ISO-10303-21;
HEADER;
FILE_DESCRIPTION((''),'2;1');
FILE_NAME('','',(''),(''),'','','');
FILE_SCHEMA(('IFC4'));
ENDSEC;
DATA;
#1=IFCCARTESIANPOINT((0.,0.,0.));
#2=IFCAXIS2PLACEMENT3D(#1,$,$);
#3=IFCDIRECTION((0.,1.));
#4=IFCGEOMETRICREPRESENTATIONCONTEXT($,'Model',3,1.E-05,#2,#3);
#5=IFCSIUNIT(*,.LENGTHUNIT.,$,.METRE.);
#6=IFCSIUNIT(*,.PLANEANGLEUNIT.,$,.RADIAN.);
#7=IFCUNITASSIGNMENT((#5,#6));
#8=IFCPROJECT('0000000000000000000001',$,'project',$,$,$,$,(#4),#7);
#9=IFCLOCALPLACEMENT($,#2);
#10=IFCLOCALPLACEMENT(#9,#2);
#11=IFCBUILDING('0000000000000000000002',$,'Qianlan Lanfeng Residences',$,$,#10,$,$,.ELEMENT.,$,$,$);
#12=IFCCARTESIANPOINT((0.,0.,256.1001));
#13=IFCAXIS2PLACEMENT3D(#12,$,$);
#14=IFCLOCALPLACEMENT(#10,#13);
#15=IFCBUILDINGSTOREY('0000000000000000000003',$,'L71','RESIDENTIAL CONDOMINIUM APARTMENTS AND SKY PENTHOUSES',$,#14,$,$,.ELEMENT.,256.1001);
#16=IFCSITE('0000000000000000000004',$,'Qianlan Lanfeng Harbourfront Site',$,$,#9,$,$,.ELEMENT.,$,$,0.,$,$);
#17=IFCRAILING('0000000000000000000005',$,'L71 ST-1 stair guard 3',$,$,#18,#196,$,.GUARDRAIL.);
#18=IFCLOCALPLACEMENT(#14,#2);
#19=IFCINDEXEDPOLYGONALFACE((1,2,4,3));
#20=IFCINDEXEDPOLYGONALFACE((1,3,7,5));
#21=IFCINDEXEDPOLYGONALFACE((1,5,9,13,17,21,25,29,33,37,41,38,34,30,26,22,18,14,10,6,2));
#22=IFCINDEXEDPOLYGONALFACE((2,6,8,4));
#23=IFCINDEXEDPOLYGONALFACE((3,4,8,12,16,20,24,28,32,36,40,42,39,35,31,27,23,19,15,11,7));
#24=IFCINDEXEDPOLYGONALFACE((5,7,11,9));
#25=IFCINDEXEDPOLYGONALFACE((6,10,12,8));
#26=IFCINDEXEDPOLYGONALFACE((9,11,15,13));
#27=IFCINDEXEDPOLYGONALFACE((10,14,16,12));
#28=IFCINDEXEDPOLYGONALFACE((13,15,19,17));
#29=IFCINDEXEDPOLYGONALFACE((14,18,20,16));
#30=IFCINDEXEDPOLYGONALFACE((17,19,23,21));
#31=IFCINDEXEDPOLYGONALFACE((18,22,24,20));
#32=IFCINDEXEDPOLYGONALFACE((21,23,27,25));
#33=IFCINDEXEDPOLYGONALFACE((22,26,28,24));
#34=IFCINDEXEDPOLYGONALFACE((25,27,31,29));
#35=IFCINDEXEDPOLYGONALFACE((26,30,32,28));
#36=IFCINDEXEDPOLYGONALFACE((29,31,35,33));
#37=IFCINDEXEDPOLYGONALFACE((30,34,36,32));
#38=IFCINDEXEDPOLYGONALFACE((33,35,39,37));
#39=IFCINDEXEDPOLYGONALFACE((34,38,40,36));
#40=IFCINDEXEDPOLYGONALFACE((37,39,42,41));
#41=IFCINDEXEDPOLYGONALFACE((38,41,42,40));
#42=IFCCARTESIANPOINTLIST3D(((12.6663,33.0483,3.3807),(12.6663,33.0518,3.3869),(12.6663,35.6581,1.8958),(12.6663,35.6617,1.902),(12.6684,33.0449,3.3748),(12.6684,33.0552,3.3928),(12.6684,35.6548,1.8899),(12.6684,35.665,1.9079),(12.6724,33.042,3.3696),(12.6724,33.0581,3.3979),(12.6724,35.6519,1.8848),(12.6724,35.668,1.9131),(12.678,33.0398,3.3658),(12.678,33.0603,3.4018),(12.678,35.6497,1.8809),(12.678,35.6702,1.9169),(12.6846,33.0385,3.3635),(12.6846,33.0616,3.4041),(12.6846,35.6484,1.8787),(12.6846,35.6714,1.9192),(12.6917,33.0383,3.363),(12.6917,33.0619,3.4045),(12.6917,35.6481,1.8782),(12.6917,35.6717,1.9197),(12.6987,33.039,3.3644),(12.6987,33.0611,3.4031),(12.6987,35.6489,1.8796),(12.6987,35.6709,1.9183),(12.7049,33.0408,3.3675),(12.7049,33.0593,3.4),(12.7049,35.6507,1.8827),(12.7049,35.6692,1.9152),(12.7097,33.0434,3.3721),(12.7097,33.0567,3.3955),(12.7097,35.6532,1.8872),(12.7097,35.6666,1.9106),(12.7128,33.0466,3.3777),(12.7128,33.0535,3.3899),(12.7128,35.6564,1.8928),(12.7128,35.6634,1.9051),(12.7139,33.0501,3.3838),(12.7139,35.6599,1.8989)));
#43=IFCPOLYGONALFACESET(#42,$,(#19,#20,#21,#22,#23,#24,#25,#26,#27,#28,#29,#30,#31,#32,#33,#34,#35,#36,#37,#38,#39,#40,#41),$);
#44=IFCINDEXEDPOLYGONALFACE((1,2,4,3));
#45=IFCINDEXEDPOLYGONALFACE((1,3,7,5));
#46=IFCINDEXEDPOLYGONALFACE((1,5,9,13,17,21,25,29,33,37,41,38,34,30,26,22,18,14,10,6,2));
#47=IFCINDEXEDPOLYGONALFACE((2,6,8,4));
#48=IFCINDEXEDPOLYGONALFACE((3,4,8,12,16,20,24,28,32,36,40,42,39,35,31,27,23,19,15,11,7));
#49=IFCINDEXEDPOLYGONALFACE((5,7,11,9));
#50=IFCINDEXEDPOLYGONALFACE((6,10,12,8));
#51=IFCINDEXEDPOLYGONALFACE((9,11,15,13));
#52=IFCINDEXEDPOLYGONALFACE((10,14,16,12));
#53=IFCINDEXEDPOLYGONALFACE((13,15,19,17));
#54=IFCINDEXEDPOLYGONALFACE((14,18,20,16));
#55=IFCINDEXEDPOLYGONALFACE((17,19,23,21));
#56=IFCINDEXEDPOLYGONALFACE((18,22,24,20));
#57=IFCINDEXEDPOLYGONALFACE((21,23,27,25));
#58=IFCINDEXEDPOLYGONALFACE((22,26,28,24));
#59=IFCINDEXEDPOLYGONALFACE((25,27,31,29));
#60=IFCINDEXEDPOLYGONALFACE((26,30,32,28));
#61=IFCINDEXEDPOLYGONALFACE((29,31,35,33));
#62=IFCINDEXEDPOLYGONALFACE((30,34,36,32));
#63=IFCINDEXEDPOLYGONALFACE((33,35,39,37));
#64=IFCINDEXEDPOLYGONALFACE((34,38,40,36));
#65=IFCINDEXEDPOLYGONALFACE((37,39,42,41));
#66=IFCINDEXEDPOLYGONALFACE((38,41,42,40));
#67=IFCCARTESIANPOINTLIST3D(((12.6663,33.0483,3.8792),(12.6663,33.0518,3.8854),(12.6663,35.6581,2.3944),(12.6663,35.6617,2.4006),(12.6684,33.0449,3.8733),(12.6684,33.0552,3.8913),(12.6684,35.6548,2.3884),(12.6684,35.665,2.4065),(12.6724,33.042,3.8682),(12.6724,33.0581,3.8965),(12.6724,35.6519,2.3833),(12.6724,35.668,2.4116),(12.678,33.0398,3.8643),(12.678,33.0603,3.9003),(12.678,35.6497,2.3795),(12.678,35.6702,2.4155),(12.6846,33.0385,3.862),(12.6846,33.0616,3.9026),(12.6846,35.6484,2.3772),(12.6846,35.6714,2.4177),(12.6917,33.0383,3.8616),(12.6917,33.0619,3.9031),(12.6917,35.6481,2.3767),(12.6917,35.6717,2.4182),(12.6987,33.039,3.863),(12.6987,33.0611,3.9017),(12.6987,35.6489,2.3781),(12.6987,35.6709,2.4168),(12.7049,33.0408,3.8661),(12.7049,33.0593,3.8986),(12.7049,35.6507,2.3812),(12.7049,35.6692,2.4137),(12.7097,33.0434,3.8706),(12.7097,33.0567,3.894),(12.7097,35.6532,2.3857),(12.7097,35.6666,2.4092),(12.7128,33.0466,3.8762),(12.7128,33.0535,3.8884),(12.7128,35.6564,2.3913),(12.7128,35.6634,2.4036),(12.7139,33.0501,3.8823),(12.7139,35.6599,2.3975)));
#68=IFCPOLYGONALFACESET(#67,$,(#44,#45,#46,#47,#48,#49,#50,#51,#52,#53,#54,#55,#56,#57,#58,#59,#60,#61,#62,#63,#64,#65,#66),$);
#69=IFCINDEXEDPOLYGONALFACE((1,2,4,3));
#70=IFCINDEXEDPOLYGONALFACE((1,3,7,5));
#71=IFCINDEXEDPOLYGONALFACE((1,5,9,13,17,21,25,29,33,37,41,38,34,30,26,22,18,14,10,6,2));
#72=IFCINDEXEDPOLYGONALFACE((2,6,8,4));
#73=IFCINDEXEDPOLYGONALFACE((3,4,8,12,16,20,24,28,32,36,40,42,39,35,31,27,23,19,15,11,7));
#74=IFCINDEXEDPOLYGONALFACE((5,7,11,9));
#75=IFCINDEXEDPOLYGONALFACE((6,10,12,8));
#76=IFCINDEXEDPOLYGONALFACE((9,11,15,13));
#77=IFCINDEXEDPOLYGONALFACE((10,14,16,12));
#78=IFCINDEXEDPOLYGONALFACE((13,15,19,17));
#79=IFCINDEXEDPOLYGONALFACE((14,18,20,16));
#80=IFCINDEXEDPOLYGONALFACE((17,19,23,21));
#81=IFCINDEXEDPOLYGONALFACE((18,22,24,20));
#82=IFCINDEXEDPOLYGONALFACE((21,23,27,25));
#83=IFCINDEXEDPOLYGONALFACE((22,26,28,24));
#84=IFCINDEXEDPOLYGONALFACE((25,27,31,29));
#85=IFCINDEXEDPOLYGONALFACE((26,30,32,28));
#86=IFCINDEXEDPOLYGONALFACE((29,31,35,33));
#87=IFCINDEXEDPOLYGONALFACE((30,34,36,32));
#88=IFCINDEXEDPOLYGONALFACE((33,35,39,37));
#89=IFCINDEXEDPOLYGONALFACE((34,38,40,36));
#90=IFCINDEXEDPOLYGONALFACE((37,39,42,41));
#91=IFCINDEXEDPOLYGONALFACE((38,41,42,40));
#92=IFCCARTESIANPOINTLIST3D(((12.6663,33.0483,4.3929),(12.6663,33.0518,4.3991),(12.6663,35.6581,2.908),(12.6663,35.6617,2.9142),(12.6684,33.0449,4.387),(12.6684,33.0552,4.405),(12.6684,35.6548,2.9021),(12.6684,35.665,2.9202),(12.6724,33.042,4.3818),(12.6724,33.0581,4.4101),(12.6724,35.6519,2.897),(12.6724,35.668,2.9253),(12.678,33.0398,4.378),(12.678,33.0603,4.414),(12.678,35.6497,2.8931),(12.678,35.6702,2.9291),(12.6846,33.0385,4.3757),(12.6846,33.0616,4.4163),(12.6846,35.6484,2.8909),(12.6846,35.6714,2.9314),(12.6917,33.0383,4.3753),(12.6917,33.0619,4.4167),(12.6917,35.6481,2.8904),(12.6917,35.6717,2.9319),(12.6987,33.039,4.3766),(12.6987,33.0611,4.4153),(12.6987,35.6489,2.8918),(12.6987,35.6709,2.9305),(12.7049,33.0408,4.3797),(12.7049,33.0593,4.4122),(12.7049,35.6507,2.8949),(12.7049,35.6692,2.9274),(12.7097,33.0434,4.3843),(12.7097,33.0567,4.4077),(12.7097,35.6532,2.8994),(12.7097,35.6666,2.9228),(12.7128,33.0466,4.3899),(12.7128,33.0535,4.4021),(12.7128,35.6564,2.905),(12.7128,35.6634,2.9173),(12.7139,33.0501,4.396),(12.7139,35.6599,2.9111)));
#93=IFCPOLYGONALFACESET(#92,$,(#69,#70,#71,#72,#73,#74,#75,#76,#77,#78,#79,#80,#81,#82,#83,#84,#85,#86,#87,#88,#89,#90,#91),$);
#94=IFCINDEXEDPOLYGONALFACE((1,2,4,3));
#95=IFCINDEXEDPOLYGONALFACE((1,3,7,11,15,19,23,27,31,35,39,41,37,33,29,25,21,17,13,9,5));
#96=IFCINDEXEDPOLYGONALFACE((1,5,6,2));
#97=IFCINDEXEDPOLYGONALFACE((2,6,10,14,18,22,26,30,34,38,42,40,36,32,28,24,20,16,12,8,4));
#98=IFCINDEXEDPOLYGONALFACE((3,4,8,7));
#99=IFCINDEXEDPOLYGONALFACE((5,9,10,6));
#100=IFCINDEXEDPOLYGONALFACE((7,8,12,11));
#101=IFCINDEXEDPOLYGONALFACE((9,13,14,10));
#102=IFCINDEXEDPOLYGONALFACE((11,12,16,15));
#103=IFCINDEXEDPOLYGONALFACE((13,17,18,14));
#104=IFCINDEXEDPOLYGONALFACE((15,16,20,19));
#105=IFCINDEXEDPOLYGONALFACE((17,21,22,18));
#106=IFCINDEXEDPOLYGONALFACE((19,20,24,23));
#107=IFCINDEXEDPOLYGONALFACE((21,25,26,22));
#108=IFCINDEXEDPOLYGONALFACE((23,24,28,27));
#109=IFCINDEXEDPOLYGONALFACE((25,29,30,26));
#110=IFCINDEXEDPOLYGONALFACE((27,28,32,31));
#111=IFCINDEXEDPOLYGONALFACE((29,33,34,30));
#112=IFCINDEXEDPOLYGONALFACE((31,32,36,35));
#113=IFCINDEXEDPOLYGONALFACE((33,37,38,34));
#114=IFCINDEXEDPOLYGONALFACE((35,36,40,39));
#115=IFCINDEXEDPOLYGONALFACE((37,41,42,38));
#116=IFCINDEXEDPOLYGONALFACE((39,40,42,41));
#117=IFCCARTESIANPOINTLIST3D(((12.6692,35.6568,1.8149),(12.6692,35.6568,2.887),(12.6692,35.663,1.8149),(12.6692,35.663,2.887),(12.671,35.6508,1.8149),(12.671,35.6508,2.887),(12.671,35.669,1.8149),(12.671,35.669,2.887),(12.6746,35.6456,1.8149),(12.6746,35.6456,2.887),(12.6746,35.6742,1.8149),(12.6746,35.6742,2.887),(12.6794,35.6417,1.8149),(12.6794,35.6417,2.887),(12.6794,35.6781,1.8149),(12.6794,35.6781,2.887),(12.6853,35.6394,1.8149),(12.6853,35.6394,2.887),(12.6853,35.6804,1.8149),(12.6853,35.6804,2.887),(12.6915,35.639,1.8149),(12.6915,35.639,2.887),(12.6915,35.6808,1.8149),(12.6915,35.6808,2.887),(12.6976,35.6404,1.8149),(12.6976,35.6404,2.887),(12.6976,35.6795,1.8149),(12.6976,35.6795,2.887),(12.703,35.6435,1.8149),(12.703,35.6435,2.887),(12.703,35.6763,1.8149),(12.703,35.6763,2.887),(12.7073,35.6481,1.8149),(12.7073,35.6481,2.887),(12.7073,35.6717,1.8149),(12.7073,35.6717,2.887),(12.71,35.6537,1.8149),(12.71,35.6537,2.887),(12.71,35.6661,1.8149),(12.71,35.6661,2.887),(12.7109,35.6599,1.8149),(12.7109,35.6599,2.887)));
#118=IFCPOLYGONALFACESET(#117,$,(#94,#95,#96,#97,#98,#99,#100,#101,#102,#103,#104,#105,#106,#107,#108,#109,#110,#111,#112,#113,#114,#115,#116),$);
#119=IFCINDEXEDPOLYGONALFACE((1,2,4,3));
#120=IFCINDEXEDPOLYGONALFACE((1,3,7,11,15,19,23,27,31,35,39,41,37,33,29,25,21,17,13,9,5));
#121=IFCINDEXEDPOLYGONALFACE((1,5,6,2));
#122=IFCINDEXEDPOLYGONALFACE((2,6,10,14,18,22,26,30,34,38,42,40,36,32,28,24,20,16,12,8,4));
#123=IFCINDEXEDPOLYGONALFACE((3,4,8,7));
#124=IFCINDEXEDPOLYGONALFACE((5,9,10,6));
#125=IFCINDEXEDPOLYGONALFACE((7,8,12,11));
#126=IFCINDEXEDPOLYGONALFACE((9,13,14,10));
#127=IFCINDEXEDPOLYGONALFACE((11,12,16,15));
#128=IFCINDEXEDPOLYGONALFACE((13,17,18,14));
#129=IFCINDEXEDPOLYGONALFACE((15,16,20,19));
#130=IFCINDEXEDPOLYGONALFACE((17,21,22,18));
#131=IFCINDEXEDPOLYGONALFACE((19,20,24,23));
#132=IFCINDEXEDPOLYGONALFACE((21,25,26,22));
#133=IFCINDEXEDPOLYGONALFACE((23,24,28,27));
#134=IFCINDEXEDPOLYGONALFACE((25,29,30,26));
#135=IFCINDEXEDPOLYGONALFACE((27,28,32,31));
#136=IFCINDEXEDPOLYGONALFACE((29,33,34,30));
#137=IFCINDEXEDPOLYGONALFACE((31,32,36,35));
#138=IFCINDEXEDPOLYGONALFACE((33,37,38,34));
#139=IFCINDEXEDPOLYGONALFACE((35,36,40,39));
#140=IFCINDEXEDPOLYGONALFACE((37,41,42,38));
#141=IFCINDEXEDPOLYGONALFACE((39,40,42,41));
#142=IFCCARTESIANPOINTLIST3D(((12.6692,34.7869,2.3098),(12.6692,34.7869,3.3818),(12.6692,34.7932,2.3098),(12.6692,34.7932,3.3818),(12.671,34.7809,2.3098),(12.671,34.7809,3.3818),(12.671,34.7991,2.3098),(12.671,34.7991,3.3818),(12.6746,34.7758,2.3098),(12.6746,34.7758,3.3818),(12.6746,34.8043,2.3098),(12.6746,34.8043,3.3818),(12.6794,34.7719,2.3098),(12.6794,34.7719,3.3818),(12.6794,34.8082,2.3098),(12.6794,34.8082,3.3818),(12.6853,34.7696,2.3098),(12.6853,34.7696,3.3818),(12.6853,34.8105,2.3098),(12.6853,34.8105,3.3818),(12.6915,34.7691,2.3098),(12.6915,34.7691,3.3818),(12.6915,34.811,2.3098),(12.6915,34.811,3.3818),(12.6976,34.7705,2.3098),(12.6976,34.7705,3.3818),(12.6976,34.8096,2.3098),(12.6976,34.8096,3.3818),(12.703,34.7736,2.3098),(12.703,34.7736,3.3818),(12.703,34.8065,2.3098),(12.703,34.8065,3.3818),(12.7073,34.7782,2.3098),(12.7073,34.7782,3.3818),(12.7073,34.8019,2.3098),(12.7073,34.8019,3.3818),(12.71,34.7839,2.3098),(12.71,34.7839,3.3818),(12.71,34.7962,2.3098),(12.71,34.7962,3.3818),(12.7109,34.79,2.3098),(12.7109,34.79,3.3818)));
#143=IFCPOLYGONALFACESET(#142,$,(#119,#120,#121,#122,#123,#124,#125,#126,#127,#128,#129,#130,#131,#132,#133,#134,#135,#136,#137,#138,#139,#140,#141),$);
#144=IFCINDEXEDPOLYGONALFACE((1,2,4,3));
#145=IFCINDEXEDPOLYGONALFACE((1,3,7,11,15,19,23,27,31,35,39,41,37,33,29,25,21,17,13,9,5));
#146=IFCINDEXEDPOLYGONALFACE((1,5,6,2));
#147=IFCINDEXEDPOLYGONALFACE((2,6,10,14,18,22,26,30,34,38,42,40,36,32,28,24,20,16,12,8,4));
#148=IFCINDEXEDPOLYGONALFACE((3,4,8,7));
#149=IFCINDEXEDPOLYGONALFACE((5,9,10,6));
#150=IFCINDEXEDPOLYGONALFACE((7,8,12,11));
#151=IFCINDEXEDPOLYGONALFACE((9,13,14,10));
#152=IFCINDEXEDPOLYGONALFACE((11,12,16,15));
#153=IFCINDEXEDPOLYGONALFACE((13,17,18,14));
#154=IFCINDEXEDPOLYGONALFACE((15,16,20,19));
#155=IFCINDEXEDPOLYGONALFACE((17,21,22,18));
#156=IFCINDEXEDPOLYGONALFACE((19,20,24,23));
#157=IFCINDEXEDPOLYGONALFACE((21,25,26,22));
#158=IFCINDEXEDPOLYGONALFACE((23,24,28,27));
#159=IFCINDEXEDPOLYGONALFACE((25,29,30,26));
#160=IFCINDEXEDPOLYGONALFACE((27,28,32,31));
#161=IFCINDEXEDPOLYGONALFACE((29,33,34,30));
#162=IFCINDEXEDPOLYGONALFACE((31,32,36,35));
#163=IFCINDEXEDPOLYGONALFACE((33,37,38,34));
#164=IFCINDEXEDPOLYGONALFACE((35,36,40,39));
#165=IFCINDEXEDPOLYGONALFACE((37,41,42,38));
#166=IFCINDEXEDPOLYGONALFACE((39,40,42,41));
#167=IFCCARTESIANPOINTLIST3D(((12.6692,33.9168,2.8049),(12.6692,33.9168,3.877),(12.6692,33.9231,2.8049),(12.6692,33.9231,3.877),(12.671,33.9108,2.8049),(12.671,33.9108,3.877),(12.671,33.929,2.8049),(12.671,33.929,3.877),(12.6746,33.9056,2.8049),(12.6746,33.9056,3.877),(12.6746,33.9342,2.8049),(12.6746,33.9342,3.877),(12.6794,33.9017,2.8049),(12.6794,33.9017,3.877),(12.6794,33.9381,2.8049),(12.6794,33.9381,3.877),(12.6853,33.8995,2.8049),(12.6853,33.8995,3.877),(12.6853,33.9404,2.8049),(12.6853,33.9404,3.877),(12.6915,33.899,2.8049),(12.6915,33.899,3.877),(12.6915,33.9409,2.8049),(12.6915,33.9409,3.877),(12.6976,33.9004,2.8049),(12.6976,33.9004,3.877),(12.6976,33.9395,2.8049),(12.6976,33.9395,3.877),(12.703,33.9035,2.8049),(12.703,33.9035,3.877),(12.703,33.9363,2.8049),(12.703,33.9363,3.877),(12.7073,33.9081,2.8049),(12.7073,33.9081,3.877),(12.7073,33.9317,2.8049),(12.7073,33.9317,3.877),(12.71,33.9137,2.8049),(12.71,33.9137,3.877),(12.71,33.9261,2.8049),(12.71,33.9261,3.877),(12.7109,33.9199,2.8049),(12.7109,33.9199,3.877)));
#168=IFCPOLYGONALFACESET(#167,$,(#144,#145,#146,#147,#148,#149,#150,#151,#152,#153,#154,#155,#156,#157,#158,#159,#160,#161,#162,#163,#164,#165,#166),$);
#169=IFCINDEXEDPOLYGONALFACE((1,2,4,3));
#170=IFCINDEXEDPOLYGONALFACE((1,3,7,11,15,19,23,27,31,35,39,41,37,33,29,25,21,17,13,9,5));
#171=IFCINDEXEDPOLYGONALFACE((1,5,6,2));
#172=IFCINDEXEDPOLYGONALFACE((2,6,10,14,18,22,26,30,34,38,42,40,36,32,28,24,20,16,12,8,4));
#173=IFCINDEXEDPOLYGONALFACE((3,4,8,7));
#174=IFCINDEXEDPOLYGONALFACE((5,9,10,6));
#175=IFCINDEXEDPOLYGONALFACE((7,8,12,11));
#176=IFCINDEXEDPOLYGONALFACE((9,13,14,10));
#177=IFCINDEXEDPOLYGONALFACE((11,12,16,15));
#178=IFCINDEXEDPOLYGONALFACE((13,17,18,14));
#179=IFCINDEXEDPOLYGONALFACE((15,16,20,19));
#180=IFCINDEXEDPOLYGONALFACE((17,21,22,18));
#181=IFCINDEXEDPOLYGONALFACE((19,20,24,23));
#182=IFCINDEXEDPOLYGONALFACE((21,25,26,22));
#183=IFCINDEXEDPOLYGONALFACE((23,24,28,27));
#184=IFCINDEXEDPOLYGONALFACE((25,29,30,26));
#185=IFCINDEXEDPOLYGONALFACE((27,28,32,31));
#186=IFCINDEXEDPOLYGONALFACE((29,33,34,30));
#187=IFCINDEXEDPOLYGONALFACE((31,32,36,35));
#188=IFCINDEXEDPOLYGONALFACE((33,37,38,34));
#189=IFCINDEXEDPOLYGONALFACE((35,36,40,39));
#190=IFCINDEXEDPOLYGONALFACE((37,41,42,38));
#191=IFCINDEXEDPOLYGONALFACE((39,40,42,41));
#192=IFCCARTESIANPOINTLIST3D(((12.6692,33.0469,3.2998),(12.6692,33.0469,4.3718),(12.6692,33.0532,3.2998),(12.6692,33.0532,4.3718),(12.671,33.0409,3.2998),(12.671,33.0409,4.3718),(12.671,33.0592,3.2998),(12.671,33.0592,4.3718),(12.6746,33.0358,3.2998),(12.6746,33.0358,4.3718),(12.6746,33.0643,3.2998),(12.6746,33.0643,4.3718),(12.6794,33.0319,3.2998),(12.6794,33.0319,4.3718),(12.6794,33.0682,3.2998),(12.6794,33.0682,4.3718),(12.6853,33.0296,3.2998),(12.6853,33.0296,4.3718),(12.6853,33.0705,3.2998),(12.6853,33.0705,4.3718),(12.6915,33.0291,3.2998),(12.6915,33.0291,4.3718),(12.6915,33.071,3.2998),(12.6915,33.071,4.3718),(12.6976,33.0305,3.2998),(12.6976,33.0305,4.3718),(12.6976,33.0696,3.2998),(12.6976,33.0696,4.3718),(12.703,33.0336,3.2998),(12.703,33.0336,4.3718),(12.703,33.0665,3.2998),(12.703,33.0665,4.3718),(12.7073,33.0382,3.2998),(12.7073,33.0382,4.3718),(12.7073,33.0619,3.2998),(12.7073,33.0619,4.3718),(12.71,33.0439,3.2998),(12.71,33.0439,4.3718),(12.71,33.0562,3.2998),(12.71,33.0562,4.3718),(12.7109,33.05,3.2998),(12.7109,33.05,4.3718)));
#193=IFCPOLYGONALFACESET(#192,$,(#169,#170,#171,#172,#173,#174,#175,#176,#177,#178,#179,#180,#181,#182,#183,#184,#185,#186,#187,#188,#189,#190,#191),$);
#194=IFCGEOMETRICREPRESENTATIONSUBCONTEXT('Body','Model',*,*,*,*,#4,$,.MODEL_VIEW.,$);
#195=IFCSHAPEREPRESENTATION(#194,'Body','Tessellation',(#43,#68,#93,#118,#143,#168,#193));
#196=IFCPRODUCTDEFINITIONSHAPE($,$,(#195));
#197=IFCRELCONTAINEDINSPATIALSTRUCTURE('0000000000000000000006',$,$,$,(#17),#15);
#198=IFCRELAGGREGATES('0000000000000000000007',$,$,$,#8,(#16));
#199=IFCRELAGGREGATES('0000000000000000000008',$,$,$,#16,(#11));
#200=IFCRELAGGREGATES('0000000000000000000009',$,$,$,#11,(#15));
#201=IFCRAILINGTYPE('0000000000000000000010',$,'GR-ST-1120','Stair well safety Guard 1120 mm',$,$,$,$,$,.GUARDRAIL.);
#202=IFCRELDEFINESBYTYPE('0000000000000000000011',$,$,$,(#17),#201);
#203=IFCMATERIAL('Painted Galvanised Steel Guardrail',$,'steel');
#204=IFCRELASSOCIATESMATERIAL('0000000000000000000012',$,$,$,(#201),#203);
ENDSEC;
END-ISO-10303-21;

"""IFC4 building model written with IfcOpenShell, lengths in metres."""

from ifc_helpers import new_model, si_unit, direction, frame, origin, origin_2d, place, context, subcontext, project, spatial, circle, extrude, material, type_object, element, save


model = new_model("IFC4")

# Units and contexts
model_context = context("Model", 3, precision=1e-05, world=origin(), true_north=direction((0.0, 1.0)))
body_context = subcontext(model_context, "Body", "Model", "MODEL_VIEW")
ifc_project = project(units=[si_unit("LENGTHUNIT", "METRE"), si_unit("PLANEANGLEUNIT", "RADIAN")], contexts=[model_context])

# Site, building, storey
site_placement = place(None, origin())
site = spatial("IfcSite", under=ifc_project, at=site_placement, Name="Qianlan Lanfeng Harbourfront Site", CompositionType="ELEMENT", RefElevation=0.0)
building_placement = place(site_placement, origin())
building = spatial("IfcBuilding", under=site, at=building_placement, Name="Qianlan Lanfeng Residences", CompositionType="ELEMENT")
storey_placement = place(building_placement, frame((0.0, 0.0, 256.1001)))
storey = spatial("IfcBuildingStorey", under=building, at=storey_placement, Name="L71", Description="RESIDENTIAL CONDOMINIUM APARTMENTS AND SKY PENTHOUSES", CompositionType="ELEMENT", Elevation=256.1001)

# Railing
ifc_material_1 = material(Name="Painted Galvanised Steel Guardrail", Category="steel")
railing_type_1 = type_object("IfcRailingType", Name="GR-ST-1120", Description="Stair well safety Guard 1120 mm", PredefinedType="GUARDRAIL", material=ifc_material_1)
railing_1_placement = place(storey_placement, frame((12.6899, 35.6599, 1.8149)))
element("IfcRailing", 1, at=railing_1_placement, inside=storey, type_object=railing_type_1, Name="L71 ST-1 stair guard 3", PredefinedType="GUARDRAIL", context=body_context, shape_type="SweptSolid", body=[
    extrude(circle(Radius=0.0239, at=origin_2d()), frame((0.0, 0.0, 0.084), z_axis=(0.0, -0.869172, 0.494509), x_axis=(1.0, 0.0, 0.0)), (0.0, 0.0, 1.0), 3.0027),
    extrude(circle(Radius=0.0239, at=origin_2d()), frame((0.0, 0.0, 0.5825), z_axis=(0.0, -0.869172, 0.494509), x_axis=(1.0, 0.0, 0.0)), (0.0, 0.0, 1.0), 3.0027),
    extrude(circle(Radius=0.0239, at=origin_2d()), frame((0.0, 0.0, 1.0962), z_axis=(0.0, -0.869172, 0.494509), x_axis=(1.0, 0.0, 0.0)), (0.0, 0.0, 1.0), 3.0027),
    extrude(circle(Radius=0.021, at=origin_2d()), origin(), (0.0, 0.0, 1.0), 1.072),
    extrude(circle(Radius=0.021, at=origin_2d()), frame((0.0, -0.8699, 0.4949)), (0.0, 0.0, 1.0), 1.072),
    extrude(circle(Radius=0.021, at=origin_2d()), frame((0.0, -1.74, 0.99)), (0.0, 0.0, 1.0), 1.072),
    extrude(circle(Radius=0.021, at=origin_2d()), frame((0.0, -2.6099, 1.4849)), (0.0, 0.0, 1.0), 1.072),
])

save(model, "model.ifc")
